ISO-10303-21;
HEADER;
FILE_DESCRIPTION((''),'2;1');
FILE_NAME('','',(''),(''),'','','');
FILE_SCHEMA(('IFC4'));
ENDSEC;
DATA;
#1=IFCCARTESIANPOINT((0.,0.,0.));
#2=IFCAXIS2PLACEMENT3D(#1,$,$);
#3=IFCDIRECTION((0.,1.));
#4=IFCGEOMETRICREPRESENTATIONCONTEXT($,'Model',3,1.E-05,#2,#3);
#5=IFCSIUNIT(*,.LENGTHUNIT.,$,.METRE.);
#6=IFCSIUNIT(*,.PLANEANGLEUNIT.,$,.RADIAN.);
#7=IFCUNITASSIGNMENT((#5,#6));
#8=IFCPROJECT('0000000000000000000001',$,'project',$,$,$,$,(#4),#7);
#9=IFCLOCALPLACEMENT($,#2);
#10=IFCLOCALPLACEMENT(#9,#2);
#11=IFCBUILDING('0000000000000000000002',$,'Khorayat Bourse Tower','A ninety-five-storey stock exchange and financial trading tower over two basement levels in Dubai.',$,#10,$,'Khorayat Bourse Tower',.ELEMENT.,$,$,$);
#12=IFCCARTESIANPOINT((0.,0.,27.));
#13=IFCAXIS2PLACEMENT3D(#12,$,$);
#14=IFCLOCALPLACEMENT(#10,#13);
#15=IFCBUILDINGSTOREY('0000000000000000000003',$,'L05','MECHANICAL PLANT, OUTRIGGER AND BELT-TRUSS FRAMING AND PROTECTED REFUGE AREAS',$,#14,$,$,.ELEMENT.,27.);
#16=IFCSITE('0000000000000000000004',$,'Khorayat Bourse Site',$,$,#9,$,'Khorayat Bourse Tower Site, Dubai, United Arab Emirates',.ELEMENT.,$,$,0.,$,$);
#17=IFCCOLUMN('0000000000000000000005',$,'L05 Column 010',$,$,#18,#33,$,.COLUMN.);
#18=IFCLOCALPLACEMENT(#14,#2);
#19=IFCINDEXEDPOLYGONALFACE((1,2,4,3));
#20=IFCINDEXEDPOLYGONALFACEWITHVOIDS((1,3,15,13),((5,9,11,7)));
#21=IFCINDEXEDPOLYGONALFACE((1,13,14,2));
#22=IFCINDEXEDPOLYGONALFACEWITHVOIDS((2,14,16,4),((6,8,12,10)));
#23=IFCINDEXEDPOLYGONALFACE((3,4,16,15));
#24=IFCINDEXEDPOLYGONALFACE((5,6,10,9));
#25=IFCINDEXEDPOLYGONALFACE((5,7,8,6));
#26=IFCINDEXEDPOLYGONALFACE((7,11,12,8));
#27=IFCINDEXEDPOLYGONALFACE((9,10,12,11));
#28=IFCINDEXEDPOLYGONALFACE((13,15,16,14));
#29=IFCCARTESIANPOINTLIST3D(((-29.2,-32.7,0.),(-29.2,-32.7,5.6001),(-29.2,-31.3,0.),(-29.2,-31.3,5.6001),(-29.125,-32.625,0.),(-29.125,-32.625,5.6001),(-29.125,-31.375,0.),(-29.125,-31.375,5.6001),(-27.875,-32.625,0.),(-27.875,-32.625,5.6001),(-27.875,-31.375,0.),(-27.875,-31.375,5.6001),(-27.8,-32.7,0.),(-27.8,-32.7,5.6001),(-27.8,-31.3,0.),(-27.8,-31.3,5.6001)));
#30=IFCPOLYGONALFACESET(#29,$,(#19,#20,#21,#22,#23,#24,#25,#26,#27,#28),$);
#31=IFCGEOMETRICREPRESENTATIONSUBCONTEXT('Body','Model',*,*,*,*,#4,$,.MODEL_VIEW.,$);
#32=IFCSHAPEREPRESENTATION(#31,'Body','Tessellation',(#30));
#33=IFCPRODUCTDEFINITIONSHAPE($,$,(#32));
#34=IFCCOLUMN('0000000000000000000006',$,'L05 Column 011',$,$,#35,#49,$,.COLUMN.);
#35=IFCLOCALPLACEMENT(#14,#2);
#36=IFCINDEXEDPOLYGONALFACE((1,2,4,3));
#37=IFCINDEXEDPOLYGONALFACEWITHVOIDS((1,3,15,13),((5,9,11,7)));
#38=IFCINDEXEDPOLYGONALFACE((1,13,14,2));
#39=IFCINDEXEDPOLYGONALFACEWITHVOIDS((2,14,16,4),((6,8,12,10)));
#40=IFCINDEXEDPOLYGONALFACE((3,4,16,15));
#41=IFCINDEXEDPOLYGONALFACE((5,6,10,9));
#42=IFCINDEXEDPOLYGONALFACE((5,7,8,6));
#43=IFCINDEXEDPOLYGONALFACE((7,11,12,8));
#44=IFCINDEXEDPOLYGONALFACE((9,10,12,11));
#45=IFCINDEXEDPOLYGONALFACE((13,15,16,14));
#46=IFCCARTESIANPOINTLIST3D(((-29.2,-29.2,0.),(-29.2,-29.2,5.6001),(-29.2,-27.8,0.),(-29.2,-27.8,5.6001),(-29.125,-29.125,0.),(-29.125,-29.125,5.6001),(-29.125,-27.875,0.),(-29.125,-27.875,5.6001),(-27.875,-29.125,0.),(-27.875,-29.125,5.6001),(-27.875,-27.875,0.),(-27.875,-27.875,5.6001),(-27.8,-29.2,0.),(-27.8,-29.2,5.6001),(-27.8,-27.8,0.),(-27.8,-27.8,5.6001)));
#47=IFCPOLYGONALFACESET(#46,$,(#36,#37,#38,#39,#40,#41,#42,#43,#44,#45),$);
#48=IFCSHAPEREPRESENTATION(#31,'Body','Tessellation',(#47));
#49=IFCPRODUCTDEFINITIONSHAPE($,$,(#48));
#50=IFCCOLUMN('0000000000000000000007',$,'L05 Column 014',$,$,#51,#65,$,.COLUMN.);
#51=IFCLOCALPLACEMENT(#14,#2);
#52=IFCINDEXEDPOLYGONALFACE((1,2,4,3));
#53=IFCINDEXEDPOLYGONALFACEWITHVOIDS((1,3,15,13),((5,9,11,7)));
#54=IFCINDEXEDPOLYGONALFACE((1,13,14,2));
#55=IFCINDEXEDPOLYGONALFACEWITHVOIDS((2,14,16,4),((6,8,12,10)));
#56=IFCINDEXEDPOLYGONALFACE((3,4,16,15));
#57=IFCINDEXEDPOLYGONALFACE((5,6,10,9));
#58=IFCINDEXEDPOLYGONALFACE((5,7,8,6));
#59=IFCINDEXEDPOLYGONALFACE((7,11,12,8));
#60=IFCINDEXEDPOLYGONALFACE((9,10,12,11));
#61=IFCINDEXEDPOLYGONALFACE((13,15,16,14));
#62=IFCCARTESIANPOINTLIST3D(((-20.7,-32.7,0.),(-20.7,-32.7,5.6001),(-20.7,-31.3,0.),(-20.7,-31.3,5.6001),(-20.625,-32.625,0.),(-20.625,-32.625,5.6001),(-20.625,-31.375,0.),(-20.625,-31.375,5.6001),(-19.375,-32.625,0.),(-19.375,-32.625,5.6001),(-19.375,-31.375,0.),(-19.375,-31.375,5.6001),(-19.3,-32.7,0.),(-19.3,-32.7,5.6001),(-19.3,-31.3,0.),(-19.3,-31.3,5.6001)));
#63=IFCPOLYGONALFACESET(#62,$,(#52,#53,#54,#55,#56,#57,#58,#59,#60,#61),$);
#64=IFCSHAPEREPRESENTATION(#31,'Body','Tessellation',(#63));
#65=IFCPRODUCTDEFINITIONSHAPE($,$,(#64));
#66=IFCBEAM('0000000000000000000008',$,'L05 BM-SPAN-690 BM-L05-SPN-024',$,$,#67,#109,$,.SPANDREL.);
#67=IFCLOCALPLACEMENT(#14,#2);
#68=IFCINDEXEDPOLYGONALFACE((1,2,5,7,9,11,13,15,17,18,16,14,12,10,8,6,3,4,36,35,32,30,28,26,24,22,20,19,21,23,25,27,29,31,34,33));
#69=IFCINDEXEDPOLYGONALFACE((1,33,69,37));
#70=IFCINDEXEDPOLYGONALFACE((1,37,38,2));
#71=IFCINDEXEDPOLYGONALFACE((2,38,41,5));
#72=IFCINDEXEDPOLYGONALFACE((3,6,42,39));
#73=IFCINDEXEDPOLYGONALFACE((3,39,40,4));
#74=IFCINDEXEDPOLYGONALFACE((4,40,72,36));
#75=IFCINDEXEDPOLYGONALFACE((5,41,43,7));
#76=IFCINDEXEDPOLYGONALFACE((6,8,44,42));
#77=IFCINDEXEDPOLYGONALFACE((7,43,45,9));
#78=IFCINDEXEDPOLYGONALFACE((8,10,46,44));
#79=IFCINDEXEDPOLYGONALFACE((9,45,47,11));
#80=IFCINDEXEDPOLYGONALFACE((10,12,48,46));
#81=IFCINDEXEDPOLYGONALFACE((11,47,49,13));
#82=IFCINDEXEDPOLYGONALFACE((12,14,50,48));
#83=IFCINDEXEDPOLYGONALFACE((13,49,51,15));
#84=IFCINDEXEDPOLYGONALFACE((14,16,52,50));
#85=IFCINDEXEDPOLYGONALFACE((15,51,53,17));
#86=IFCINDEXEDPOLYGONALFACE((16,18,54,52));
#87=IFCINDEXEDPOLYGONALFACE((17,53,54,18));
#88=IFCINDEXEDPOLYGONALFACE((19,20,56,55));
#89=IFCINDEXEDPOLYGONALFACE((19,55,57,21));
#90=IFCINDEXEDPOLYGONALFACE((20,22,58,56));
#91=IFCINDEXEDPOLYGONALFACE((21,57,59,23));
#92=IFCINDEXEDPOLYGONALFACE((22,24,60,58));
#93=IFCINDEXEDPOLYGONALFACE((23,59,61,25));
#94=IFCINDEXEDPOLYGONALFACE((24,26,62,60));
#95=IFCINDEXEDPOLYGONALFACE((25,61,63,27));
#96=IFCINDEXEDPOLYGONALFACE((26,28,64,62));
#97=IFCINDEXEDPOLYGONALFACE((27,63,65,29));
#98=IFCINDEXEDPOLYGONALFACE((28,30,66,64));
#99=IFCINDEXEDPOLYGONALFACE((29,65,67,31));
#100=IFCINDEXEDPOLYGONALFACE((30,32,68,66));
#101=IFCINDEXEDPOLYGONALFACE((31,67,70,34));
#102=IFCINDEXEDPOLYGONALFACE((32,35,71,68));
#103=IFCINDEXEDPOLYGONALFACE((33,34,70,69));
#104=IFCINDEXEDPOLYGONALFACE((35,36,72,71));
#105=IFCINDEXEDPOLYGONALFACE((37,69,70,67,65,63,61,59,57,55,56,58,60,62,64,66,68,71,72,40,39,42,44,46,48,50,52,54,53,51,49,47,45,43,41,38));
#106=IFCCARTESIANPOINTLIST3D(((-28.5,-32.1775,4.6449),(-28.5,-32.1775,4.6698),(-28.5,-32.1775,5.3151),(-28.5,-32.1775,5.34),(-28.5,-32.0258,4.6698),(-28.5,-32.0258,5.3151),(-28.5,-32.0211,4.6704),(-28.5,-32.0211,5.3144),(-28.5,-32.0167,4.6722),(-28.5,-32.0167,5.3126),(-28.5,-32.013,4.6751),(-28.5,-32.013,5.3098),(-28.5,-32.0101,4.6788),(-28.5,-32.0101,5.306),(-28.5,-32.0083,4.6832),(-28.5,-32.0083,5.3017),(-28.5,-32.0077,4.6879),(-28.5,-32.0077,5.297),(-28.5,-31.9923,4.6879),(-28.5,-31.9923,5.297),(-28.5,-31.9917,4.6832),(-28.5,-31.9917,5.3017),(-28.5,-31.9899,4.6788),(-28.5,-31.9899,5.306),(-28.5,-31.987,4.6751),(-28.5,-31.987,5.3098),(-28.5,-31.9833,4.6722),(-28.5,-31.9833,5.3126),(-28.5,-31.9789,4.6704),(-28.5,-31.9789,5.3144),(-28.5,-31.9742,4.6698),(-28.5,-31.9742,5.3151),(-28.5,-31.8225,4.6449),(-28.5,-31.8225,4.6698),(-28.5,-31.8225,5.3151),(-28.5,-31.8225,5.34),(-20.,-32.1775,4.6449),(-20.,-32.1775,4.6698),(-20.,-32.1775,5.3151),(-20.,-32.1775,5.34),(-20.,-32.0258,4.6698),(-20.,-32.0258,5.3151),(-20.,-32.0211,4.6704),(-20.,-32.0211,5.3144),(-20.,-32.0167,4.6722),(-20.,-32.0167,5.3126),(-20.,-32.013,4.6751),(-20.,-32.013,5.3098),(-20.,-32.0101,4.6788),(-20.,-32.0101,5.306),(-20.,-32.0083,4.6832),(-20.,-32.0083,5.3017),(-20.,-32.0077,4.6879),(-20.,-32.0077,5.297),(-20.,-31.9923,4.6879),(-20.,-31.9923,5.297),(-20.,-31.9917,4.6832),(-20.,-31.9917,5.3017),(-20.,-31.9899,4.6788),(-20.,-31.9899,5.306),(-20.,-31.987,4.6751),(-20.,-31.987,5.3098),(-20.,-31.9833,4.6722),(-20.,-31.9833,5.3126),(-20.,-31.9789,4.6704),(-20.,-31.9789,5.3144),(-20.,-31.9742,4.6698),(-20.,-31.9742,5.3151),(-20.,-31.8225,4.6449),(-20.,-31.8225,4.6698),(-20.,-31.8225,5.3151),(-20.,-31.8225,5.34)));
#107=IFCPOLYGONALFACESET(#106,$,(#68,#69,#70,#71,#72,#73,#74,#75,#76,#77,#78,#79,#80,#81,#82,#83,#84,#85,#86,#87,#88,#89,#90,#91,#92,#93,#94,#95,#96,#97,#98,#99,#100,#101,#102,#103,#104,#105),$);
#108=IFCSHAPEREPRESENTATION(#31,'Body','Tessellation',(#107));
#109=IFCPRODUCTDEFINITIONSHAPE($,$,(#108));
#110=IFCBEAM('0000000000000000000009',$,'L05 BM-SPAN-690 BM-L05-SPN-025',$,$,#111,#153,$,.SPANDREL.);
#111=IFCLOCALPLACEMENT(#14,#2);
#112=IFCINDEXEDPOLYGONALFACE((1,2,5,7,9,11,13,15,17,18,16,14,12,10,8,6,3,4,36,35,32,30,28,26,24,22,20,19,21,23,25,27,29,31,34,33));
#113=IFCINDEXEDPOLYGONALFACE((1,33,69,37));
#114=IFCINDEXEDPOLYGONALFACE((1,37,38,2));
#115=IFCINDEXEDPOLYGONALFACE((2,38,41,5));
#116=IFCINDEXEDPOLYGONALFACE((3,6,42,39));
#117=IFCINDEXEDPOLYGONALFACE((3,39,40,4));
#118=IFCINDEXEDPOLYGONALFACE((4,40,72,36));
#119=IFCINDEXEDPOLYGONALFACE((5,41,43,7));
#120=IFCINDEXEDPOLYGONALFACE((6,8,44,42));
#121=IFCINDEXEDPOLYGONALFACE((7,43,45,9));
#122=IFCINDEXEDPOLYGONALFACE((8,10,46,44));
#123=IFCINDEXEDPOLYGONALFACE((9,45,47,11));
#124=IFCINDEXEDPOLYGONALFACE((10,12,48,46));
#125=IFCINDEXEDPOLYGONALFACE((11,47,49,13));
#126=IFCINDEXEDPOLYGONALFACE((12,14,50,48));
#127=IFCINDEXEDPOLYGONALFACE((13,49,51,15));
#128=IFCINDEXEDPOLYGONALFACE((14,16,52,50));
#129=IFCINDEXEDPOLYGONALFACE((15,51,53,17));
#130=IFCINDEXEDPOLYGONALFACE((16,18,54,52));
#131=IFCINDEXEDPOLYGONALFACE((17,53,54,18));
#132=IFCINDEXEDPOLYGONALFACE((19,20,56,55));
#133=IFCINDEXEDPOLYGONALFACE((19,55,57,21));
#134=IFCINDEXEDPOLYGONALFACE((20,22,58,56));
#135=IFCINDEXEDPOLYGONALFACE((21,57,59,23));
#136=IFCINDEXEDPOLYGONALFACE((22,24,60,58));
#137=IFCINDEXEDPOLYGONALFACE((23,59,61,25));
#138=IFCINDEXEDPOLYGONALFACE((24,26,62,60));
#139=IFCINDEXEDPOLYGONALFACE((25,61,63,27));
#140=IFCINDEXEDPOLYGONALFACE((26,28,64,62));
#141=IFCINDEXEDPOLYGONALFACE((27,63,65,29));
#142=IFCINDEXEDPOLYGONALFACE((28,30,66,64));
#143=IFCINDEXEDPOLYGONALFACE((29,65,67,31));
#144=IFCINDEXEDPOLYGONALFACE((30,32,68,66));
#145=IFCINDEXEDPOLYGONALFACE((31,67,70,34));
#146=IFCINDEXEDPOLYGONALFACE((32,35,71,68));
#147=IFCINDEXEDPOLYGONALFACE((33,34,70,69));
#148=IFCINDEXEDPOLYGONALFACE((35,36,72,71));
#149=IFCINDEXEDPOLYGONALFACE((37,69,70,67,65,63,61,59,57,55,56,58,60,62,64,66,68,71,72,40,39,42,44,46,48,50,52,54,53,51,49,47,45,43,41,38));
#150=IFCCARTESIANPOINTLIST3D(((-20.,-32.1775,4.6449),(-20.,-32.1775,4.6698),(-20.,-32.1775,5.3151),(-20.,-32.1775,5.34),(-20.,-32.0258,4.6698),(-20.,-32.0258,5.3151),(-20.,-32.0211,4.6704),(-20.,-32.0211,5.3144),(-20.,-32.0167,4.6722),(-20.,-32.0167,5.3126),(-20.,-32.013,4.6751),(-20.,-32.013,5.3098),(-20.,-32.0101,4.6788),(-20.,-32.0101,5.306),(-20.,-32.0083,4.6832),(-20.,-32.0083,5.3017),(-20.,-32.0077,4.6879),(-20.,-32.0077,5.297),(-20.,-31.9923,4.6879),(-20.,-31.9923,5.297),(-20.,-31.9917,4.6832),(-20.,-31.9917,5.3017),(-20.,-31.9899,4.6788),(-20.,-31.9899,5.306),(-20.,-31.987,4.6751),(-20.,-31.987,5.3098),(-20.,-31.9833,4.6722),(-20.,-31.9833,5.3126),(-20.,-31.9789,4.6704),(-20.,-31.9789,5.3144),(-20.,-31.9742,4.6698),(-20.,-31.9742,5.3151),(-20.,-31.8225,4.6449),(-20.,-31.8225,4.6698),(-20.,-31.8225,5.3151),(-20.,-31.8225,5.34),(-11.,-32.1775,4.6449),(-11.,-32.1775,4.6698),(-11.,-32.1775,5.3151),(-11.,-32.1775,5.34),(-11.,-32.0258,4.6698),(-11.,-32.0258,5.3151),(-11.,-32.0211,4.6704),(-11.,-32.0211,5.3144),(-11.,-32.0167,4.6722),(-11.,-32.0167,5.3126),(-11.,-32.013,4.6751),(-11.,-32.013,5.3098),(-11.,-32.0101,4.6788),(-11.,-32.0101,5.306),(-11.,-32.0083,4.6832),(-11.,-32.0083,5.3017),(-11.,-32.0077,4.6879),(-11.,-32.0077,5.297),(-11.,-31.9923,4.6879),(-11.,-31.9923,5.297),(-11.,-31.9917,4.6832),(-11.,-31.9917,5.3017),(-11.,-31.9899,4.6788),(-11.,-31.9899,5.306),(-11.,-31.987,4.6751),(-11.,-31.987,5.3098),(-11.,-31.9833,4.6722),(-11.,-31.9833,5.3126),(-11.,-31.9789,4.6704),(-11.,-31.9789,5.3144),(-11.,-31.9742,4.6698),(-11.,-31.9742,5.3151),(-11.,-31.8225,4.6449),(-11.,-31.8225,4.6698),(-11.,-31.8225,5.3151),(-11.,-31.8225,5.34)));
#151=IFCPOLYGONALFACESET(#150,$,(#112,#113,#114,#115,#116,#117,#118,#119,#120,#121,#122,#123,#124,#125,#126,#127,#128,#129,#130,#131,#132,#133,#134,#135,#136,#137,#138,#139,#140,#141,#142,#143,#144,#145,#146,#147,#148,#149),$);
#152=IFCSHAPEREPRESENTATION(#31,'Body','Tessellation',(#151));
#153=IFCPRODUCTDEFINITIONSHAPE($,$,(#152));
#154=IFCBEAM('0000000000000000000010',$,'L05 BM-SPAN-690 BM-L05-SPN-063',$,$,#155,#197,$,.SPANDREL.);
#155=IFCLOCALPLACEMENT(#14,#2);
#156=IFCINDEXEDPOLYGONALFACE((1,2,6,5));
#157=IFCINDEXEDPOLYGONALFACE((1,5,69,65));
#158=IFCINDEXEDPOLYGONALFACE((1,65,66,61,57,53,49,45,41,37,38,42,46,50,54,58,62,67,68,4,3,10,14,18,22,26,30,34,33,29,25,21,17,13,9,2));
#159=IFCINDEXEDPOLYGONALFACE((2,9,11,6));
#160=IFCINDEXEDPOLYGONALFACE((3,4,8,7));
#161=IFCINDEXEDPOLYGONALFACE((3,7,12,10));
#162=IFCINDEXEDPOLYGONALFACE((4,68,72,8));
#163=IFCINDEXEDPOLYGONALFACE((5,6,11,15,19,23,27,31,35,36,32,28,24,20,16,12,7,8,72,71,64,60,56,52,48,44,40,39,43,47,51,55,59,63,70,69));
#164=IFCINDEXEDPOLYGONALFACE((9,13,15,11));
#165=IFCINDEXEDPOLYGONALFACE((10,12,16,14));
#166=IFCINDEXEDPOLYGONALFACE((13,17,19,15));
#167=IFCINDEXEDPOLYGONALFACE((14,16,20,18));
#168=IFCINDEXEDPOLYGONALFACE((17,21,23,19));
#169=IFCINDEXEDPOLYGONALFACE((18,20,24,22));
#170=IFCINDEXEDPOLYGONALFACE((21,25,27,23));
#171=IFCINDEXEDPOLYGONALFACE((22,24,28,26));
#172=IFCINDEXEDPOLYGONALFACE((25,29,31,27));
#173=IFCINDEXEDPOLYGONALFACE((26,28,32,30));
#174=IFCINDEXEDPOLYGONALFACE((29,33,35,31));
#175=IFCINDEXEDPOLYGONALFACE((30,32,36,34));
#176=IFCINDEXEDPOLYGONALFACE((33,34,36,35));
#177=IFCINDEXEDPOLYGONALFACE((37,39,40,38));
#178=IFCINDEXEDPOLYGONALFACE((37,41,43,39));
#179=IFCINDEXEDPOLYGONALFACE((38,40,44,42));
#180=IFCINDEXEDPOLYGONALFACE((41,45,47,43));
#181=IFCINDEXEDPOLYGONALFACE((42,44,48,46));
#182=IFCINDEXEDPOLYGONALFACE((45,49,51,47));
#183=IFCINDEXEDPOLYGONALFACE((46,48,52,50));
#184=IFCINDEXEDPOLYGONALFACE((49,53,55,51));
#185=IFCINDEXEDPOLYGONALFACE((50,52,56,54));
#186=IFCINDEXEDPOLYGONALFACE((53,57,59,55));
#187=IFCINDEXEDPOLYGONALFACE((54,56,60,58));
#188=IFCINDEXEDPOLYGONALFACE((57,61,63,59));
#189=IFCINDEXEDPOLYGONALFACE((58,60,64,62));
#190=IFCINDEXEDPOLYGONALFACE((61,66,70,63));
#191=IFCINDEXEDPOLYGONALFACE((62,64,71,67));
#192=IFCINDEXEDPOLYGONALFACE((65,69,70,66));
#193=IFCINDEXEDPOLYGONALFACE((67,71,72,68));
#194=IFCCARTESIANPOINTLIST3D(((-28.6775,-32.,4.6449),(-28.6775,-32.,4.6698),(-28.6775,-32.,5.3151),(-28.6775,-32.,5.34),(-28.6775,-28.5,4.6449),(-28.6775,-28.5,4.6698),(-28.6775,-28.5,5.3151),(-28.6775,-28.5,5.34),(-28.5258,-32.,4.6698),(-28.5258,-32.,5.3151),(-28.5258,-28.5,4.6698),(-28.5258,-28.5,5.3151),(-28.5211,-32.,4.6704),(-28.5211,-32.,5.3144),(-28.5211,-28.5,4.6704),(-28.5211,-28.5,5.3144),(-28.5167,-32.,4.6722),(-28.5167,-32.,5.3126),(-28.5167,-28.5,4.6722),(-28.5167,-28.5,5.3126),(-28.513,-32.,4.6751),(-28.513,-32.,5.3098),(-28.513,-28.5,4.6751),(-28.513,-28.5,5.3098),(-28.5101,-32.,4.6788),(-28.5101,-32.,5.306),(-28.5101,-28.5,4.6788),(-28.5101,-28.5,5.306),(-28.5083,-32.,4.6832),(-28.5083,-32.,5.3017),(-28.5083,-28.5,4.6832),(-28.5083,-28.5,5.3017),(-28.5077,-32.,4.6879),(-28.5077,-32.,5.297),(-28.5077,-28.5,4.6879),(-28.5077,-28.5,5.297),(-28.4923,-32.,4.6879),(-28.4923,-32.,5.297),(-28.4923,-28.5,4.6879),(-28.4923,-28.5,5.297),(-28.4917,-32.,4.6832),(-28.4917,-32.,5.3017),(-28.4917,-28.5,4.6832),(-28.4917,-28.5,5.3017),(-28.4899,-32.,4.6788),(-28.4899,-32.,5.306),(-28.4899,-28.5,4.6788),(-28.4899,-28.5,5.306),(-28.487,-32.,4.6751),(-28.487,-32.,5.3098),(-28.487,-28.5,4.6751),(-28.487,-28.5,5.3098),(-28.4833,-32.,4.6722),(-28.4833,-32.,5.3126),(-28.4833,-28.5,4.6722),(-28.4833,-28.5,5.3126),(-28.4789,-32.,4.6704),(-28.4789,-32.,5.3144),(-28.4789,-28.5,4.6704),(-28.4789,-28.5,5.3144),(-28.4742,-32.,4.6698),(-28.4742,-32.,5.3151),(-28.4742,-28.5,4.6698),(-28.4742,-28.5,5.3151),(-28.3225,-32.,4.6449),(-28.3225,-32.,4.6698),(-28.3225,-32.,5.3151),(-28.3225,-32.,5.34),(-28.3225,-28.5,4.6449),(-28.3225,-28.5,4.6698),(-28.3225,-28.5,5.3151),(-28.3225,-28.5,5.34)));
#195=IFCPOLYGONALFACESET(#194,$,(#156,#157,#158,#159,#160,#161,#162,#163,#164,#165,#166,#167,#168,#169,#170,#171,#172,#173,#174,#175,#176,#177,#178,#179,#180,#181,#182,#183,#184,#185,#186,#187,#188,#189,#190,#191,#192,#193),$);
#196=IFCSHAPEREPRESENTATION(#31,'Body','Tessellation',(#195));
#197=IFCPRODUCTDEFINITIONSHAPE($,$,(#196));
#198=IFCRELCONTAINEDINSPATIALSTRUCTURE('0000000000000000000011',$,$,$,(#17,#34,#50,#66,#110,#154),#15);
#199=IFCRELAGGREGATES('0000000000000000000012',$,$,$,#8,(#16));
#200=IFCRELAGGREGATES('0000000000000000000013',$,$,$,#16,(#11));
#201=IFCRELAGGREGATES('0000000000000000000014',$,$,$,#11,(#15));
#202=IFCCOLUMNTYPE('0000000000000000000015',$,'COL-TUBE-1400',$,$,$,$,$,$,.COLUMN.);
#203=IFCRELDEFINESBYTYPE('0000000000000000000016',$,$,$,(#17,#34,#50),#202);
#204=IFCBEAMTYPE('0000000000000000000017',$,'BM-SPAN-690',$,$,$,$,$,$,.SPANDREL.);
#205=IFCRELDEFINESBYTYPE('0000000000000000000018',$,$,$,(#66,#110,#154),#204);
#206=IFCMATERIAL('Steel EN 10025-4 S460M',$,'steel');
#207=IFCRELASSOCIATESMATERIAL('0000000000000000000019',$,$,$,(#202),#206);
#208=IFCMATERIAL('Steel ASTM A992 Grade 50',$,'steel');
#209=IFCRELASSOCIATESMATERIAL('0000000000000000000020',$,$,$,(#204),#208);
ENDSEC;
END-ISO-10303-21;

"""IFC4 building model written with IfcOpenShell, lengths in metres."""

from ifc_helpers import new_model, si_unit, direction, frame, origin, origin_2d, place, context, subcontext, project, spatial, hollow_rectangle, i_section, extrude, source, transform, mapped, material, material_profile, profile_set, type_object, element, save


model = new_model("IFC4")

# Units and contexts
model_context = context("Model", 3, precision=1e-05, world=origin(), true_north=direction((0.0, 1.0)))
body_context = subcontext(model_context, "Body", "Model", "MODEL_VIEW")
ifc_project = project(units=[si_unit("LENGTHUNIT", "METRE"), si_unit("PLANEANGLEUNIT", "RADIAN")], contexts=[model_context])

# Site, building, storey
site_placement = place(None, origin())
site = spatial("IfcSite", under=ifc_project, at=site_placement, Name="Khorayat Bourse Site", LongName="Khorayat Bourse Tower Site, Dubai, United Arab Emirates", CompositionType="ELEMENT", RefElevation=0.0)
building_placement = place(site_placement, origin())
building = spatial("IfcBuilding", under=site, at=building_placement, Name="Khorayat Bourse Tower", Description="A ninety-five-storey stock exchange and financial trading tower over two basement levels in Dubai.", LongName="Khorayat Bourse Tower", CompositionType="ELEMENT")
storey_placement = place(building_placement, frame((0.0, 0.0, 27.0)))
storey = spatial("IfcBuildingStorey", under=building, at=storey_placement, Name="L05", Description="MECHANICAL PLANT, OUTRIGGER AND BELT-TRUSS FRAMING AND PROTECTED REFUGE AREAS", CompositionType="ELEMENT", Elevation=27.0)

# Columns
ifc_material_1 = material(Name="Steel EN 10025-4 S460M", Category="steel")
ifc_material_profile_1 = material_profile(ifc_material_1, hollow_rectangle(XDim=1.3999, YDim=1.3999, WallThickness=0.075, at=origin_2d()), Name="BOX 1400x1400x75")
ifc_profile_set_1 = profile_set([ifc_material_profile_1], Name="Steel EN 10025-4 S460M")
column_type = type_object("IfcColumnType", Name="COL-TUBE-1400", PredefinedType="COLUMN", material=ifc_profile_set_1)
shared_shape_1 = source(origin(), body_context, "Body", "SweptSolid", [
    extrude(hollow_rectangle(XDim=1.3999, YDim=1.3999, WallThickness=0.075, at=origin_2d()), origin(), (0.0, 0.0, 1.0), 5.6001),
])
for number, where, z_axis, x_axis, name in (
    (1, (-28.5, -32.0, 0.0), (0.0, 0.0, 1.0), (1.0, 0.0, 0.0), "L05 Column 010"),
    (2, (-28.5, -28.5, 0.0), (0.0, 0.0, 1.0), (1.0, 0.0, 0.0), "L05 Column 011"),
    (3, (-20.0, -32.0, 0.0), (0.0, 0.0, 1.0), (1.0, 0.0, 0.0), "L05 Column 014"),
):
    element("IfcColumn", number, at=place(storey_placement, frame(where, z_axis=z_axis, x_axis=x_axis)), inside=storey, type_object=column_type, Name=name, PredefinedType="COLUMN", context=body_context, shape_type="MappedRepresentation", body=[
        mapped(shared_shape_1, transform((0.0, 0.0, 0.0), scale=1.0)),
    ])

# Beams
ifc_material_2 = material(Name="Steel ASTM A992 Grade 50", Category="steel")
ifc_material_profile_2 = material_profile(ifc_material_2, i_section(OverallWidth=0.355, OverallDepth=0.6951, WebThickness=0.0154, FlangeThickness=0.0249, FilletRadius=0.0181, at=origin_2d()), Name="W690X217")
ifc_profile_set_2 = profile_set([ifc_material_profile_2], Name="Steel ASTM A992 Grade 50")
beam_type_1 = type_object("IfcBeamType", Name="BM-SPAN-690", PredefinedType="SPANDREL", material=ifc_profile_set_2)
shared_shape_2 = source(origin(), body_context, "Body", "SweptSolid", [
    extrude(i_section(OverallWidth=0.355, OverallDepth=0.6951, WebThickness=0.0154, FlangeThickness=0.0249, FilletRadius=0.0181, at=origin_2d()), origin(), (0.0, 0.0, 1.0), 8.5),
])
beam_1_placement = place(storey_placement, frame((-28.5, -32.0, 4.9924), z_axis=(1.0, 0.0, 0.0), x_axis=(0.0, 1.0, 0.0)))
element("IfcBeam", 4, at=beam_1_placement, inside=storey, type_object=beam_type_1, Name="L05 BM-SPAN-690 BM-L05-SPN-024", PredefinedType="SPANDREL", context=body_context, shape_type="MappedRepresentation", body=[
    mapped(shared_shape_2, transform((0.0, 0.0, 0.0), scale=1.0)),
])
shared_shape_3 = source(origin(), body_context, "Body", "SweptSolid", [
    extrude(i_section(OverallWidth=0.355, OverallDepth=0.6951, WebThickness=0.0154, FlangeThickness=0.0249, FilletRadius=0.0181, at=origin_2d()), origin(), (0.0, 0.0, 1.0), 9.0),
])
beam_2_placement = place(storey_placement, frame((-20.0, -32.0, 4.9924), z_axis=(1.0, 0.0, 0.0), x_axis=(0.0, 1.0, 0.0)))
element("IfcBeam", 5, at=beam_2_placement, inside=storey, type_object=beam_type_1, Name="L05 BM-SPAN-690 BM-L05-SPN-025", PredefinedType="SPANDREL", context=body_context, shape_type="MappedRepresentation", body=[
    mapped(shared_shape_3, transform((0.0, 0.0, 0.0), scale=1.0)),
])
shared_shape_4 = source(origin(), body_context, "Body", "SweptSolid", [
    extrude(i_section(OverallWidth=0.355, OverallDepth=0.6951, WebThickness=0.0154, FlangeThickness=0.0249, FilletRadius=0.0181, at=origin_2d()), origin(), (0.0, 0.0, 1.0), 3.5),
])
beam_3_placement = place(storey_placement, frame((-28.5, -32.0, 4.9924), z_axis=(0.0, 1.0, 0.0), x_axis=(-1.0, 0.0, 0.0)))
element("IfcBeam", 6, at=beam_3_placement, inside=storey, type_object=beam_type_1, Name="L05 BM-SPAN-690 BM-L05-SPN-063", PredefinedType="SPANDREL", context=body_context, shape_type="MappedRepresentation", body=[
    mapped(shared_shape_4, transform((0.0, 0.0, 0.0), scale=1.0)),
])

save(model, "model.ifc")
